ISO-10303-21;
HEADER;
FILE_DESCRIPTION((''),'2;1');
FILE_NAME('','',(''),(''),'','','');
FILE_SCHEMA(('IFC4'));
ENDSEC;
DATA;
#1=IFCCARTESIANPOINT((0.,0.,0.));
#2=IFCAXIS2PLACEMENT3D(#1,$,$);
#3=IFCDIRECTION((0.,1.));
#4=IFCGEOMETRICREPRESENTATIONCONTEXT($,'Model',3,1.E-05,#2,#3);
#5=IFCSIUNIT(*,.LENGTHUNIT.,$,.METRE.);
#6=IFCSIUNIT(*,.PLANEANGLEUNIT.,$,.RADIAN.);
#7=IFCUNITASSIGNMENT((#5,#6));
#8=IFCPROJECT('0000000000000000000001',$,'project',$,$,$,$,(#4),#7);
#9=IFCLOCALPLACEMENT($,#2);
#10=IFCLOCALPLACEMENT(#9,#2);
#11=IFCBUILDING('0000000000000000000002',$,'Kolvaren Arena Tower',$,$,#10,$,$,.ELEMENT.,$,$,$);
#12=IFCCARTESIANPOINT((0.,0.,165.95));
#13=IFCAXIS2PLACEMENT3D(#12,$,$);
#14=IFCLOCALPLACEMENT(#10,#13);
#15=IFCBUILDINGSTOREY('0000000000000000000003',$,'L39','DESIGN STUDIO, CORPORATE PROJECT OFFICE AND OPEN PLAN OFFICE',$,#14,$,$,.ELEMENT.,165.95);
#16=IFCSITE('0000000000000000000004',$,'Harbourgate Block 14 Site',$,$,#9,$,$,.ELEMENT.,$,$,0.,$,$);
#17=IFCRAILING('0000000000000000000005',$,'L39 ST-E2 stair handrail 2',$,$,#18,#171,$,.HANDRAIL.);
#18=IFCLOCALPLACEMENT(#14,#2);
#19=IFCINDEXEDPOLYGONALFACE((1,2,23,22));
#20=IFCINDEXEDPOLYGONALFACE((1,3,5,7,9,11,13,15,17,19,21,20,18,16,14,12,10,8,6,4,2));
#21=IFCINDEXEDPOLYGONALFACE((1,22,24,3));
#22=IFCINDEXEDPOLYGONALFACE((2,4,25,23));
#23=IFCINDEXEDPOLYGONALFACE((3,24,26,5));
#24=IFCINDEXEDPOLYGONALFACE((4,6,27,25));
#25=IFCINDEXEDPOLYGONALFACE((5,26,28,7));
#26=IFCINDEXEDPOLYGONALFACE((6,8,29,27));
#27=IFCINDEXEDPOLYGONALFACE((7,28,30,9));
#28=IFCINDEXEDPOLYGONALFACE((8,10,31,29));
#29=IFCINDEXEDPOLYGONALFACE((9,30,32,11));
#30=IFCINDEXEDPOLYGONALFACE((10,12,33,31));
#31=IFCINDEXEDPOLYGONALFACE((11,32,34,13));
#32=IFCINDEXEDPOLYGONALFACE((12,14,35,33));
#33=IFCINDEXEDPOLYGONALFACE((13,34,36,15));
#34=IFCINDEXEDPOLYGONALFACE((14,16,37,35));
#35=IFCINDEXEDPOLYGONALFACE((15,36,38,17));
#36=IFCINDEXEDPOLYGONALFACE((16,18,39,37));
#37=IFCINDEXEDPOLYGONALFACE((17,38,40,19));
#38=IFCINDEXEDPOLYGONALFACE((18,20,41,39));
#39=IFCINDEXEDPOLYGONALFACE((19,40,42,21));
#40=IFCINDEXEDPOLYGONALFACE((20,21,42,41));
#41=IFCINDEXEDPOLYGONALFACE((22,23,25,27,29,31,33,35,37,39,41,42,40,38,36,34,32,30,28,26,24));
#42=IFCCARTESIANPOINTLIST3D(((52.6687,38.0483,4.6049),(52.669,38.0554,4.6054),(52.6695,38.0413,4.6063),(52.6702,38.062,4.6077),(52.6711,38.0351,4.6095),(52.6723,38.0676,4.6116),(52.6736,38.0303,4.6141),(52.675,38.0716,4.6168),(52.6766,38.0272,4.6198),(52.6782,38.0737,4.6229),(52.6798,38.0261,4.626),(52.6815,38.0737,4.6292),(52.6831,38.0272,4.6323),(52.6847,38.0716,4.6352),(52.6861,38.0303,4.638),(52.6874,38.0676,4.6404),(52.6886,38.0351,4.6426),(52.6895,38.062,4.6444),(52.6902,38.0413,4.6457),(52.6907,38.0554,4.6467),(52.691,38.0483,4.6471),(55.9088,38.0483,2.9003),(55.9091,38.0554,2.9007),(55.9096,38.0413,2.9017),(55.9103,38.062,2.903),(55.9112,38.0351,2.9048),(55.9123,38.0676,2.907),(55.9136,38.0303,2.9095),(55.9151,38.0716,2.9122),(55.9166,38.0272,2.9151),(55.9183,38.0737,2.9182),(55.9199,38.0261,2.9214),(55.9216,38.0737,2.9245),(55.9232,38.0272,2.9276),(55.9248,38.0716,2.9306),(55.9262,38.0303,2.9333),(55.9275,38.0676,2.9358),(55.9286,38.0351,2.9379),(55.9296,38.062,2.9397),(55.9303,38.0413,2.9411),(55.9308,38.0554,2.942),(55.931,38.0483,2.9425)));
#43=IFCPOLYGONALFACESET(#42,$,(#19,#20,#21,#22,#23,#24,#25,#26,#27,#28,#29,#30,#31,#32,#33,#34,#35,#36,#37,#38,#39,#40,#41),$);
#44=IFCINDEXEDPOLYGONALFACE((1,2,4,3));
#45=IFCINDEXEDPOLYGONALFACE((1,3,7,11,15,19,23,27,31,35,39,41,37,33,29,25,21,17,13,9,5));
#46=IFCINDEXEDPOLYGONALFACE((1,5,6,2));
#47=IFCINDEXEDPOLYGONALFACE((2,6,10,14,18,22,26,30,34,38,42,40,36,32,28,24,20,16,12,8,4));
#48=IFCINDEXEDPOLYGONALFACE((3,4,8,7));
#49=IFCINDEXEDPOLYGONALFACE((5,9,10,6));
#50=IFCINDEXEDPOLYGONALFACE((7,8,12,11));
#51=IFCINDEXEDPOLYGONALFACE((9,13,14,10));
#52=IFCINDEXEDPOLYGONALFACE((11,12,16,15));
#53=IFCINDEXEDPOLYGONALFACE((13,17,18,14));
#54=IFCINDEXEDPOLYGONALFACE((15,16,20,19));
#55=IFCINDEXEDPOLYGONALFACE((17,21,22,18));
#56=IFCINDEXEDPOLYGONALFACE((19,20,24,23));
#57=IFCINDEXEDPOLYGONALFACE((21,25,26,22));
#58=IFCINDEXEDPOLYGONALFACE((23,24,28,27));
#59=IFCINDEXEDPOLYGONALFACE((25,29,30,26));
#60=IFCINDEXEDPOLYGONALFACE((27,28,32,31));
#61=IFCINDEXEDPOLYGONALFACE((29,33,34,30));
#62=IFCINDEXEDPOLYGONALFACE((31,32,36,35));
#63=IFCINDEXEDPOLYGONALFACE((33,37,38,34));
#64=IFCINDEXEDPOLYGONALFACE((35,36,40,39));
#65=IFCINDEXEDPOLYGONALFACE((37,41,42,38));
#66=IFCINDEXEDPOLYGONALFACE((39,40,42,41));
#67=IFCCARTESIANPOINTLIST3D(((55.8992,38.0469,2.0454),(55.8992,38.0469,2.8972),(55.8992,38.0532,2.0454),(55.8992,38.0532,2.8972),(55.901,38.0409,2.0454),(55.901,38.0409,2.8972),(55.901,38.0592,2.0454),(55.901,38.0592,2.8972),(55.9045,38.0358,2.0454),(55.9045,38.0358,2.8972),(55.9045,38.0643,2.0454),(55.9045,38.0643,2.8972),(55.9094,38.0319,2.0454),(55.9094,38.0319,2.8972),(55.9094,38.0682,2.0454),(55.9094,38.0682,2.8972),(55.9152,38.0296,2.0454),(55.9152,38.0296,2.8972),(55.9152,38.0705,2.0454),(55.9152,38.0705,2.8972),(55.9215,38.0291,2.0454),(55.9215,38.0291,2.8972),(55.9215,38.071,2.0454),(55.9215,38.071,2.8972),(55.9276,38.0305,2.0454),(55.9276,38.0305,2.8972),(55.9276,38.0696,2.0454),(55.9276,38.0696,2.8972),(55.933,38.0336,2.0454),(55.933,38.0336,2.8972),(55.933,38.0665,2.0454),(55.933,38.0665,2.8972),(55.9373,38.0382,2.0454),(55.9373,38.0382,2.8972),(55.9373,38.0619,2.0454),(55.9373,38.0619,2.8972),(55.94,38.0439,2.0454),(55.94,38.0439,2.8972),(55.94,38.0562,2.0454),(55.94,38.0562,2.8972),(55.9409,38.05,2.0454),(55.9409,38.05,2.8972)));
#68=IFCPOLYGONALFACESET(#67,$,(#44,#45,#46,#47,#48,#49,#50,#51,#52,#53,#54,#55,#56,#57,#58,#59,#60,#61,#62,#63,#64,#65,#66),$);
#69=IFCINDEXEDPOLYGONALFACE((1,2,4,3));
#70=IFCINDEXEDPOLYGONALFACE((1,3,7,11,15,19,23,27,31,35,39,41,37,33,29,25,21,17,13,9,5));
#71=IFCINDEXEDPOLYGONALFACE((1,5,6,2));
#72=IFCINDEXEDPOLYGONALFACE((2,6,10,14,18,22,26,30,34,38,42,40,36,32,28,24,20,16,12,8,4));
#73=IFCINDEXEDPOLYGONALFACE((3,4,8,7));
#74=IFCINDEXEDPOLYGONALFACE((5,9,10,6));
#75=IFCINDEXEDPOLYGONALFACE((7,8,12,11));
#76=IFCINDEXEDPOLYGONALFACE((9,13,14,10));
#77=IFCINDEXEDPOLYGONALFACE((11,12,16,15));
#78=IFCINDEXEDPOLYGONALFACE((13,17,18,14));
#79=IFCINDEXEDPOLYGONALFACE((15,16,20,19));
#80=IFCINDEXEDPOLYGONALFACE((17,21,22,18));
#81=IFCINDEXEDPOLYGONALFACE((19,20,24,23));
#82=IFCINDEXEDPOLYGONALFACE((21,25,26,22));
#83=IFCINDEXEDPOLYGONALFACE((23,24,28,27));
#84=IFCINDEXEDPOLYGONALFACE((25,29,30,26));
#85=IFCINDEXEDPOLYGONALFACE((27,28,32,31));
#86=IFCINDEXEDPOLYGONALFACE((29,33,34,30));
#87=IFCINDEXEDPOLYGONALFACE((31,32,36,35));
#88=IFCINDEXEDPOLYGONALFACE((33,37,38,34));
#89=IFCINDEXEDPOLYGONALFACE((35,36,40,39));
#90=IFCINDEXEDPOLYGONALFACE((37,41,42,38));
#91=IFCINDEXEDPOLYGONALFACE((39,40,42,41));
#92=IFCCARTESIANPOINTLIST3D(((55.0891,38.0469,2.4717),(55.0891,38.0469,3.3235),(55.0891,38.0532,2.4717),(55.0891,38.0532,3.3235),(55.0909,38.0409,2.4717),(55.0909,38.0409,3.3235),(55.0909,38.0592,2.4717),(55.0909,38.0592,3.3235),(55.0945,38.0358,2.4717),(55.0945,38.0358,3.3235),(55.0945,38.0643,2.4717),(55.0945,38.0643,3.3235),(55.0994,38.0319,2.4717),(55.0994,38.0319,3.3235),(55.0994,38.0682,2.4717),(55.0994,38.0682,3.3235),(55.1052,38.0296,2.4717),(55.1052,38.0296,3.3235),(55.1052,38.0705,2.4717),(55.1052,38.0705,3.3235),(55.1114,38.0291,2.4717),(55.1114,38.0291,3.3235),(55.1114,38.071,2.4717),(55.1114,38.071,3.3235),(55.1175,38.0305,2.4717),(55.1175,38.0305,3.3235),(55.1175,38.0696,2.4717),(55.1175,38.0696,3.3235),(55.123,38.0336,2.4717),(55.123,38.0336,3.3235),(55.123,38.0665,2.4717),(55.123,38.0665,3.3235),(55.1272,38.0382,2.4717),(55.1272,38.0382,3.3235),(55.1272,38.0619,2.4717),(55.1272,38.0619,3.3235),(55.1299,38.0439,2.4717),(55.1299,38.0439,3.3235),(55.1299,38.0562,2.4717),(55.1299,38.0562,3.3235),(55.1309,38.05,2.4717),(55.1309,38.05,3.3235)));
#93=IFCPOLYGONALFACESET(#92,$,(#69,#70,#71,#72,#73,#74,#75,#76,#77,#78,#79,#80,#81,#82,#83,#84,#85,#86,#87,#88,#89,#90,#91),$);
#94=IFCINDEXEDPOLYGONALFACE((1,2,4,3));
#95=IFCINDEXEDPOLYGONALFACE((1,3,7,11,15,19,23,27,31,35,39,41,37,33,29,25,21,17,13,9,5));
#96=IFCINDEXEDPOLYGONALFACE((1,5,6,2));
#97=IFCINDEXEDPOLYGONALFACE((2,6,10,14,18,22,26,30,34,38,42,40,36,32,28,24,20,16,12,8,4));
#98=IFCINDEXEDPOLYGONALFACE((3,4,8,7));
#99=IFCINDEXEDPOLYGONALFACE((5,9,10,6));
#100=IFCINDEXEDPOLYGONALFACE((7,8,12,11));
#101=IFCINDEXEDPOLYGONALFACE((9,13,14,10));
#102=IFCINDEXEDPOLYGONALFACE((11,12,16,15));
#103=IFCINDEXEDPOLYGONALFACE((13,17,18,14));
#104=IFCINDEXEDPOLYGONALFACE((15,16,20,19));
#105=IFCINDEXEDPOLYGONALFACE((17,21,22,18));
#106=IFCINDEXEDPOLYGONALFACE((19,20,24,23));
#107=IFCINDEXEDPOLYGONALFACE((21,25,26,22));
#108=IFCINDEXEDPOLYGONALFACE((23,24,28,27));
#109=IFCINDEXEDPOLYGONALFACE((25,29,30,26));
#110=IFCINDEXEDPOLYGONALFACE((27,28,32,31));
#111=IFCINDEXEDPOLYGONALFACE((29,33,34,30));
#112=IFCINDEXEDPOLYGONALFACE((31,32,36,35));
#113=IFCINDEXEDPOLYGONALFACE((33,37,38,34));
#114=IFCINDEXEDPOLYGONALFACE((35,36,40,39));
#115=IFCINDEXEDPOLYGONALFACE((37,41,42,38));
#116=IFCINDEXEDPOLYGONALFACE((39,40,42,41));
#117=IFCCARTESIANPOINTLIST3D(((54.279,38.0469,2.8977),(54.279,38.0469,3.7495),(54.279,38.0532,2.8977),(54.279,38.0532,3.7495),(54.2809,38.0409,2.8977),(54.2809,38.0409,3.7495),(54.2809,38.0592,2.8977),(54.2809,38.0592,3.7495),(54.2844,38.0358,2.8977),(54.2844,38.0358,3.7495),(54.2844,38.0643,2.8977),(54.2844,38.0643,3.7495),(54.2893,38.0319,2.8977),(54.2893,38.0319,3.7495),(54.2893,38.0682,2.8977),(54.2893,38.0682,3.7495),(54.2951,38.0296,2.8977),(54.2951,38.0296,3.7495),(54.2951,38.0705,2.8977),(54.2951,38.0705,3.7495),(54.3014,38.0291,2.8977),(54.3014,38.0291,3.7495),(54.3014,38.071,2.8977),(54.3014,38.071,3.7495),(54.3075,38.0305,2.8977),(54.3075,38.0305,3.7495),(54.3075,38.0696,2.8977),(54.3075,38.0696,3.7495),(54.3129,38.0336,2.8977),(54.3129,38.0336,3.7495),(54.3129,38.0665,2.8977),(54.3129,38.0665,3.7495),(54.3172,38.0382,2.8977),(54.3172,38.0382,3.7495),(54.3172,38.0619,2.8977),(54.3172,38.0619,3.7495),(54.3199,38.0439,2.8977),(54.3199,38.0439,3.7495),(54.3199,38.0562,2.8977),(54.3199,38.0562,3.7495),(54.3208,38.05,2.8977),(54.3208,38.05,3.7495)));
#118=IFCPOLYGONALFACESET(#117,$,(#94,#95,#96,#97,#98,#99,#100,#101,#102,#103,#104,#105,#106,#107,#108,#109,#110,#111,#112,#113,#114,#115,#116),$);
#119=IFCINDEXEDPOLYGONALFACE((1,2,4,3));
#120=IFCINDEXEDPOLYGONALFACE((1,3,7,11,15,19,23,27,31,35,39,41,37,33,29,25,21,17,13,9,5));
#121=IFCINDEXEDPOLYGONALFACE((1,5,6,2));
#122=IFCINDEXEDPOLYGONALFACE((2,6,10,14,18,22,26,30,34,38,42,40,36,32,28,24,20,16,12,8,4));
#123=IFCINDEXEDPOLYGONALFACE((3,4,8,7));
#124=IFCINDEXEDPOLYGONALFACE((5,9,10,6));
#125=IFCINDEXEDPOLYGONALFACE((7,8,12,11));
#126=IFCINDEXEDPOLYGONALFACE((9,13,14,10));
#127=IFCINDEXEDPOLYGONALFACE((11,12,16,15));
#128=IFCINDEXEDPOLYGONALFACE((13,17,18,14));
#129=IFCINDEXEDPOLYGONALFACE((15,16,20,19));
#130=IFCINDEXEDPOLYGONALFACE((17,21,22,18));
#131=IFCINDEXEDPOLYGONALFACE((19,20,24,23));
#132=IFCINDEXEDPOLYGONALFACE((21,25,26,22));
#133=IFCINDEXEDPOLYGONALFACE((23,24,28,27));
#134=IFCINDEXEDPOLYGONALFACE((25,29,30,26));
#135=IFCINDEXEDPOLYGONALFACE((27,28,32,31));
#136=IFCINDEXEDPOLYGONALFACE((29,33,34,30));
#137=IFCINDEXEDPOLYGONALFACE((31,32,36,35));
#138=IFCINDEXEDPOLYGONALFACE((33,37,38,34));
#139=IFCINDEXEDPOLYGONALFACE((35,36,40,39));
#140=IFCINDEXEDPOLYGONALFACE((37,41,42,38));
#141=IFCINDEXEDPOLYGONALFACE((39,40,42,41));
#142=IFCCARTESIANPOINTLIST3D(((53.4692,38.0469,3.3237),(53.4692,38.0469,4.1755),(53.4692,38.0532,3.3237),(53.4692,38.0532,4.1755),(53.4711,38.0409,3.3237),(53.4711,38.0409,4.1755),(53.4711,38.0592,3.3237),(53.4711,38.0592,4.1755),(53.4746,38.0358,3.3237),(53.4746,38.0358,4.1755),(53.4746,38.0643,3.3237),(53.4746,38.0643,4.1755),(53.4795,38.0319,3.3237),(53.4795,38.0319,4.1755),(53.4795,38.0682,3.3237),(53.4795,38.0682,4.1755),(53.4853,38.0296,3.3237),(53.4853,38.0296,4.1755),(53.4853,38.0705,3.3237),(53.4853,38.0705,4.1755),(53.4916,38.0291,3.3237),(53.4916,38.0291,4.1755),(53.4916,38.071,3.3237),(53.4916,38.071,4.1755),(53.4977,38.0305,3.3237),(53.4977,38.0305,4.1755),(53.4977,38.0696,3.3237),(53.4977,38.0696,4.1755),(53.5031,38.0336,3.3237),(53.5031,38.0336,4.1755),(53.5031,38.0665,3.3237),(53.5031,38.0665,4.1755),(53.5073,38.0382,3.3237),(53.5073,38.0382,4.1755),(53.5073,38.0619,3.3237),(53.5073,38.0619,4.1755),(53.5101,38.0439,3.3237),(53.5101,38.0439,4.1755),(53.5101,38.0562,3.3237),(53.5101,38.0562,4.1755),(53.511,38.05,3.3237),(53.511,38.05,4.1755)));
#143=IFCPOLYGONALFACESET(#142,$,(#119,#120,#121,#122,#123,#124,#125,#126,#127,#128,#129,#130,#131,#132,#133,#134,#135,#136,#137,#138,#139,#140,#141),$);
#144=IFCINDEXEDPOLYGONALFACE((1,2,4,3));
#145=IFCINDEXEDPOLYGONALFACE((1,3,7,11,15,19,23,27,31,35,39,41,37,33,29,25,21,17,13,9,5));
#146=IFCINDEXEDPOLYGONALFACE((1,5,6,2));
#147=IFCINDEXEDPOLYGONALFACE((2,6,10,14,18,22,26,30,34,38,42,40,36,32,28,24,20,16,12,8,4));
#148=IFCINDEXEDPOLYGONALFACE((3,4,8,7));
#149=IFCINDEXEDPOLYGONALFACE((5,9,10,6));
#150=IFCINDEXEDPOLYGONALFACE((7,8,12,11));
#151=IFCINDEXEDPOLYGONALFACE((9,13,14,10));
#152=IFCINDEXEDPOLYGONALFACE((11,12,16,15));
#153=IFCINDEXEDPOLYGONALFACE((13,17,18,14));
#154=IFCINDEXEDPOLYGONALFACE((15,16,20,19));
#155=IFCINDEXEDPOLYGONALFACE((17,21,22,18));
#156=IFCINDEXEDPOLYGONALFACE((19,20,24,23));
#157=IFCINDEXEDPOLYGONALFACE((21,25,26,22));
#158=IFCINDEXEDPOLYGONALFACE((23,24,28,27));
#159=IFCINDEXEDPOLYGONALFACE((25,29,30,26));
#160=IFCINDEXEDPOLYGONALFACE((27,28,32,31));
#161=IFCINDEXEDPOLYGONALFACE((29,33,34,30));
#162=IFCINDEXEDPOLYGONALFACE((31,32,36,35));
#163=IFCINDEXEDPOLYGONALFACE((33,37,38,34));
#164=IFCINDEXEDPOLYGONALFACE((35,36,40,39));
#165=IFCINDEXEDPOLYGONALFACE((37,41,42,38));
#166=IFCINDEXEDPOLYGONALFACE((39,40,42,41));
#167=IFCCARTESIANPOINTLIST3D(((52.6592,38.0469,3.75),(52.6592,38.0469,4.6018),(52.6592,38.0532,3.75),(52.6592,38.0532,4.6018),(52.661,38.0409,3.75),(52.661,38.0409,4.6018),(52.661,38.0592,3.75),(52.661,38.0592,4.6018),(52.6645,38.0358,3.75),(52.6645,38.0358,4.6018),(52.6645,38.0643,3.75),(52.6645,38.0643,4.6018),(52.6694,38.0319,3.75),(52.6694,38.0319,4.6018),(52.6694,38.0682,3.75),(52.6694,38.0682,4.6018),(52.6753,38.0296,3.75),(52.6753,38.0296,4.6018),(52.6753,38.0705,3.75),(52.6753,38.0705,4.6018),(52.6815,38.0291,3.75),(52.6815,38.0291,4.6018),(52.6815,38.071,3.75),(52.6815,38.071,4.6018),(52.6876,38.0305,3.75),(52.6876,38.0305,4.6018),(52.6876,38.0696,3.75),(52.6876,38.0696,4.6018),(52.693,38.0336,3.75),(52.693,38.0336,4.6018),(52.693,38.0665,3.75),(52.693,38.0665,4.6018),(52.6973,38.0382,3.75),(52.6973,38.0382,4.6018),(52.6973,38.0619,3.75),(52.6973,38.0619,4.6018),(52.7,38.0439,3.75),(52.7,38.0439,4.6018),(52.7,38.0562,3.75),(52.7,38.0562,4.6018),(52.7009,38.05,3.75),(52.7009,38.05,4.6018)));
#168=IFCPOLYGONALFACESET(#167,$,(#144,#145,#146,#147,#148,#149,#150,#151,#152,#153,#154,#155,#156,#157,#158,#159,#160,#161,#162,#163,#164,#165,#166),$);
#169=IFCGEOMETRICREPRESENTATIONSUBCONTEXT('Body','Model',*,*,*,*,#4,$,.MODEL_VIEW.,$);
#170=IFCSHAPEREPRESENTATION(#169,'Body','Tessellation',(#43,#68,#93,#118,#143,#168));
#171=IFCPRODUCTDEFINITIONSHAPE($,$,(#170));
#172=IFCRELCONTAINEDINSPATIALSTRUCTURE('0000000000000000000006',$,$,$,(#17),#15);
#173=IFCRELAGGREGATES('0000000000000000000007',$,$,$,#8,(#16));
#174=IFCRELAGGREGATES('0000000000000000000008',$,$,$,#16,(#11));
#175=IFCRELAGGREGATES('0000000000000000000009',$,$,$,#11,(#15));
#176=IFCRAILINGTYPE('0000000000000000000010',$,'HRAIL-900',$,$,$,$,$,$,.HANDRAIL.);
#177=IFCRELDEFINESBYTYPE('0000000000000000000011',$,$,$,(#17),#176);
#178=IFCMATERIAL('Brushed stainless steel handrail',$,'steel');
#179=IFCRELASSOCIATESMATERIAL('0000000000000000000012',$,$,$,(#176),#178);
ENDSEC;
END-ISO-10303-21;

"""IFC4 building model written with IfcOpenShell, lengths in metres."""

from ifc_helpers import new_model, si_unit, direction, frame, origin, origin_2d, place, context, subcontext, project, spatial, circle, extrude, material, type_object, element, save


model = new_model("IFC4")

# Units and contexts
model_context = context("Model", 3, precision=1e-05, world=origin(), true_north=direction((0.0, 1.0)))
body_context = subcontext(model_context, "Body", "Model", "MODEL_VIEW")
ifc_project = project(units=[si_unit("LENGTHUNIT", "METRE"), si_unit("PLANEANGLEUNIT", "RADIAN")], contexts=[model_context])

# Site, building, storey
site_placement = place(None, origin())
site = spatial("IfcSite", under=ifc_project, at=site_placement, Name="Harbourgate Block 14 Site", CompositionType="ELEMENT", RefElevation=0.0)
building_placement = place(site_placement, origin())
building = spatial("IfcBuilding", under=site, at=building_placement, Name="Kolvaren Arena Tower", CompositionType="ELEMENT")
storey_placement = place(building_placement, frame((0.0, 0.0, 165.95)))
storey = spatial("IfcBuildingStorey", under=building, at=storey_placement, Name="L39", Description="DESIGN STUDIO, CORPORATE PROJECT OFFICE AND OPEN PLAN OFFICE", CompositionType="ELEMENT", Elevation=165.95)

# Railing
ifc_material_1 = material(Name="Brushed stainless steel handrail", Category="steel")
railing_type_1 = type_object("IfcRailingType", Name="HRAIL-900", PredefinedType="HANDRAIL", material=ifc_material_1)
for number, where, name in (
    (1, (55.9199, 38.05, 2.0454), "L39 ST-E2 stair handrail 2"),
):
    element("IfcRailing", number, at=place(storey_placement, frame(where)), inside=storey, type_object=railing_type_1, Name=name, PredefinedType="HANDRAIL", context=body_context, shape_type="SweptSolid", body=[
        extrude(circle(Radius=0.0239, at=origin_2d()), frame((0.0, 0.0, 0.876), z_axis=(-0.884993, 0.0, 0.465604), x_axis=(0.0, -1.0, 0.0)), (0.0, 0.0, 1.0), 3.6611),
        extrude(circle(Radius=0.021, at=origin_2d()), origin(), (0.0, 0.0, 1.0), 0.8518),
        extrude(circle(Radius=0.021, at=origin_2d()), frame((-0.8101, 0.0, 0.4263)), (0.0, 0.0, 1.0), 0.8518),
        extrude(circle(Radius=0.021, at=origin_2d()), frame((-1.6201, 0.0, 0.8523)), (0.0, 0.0, 1.0), 0.8518),
        extrude(circle(Radius=0.021, at=origin_2d()), frame((-2.4299, 0.0, 1.2783)), (0.0, 0.0, 1.0), 0.8518),
        extrude(circle(Radius=0.021, at=origin_2d()), frame((-3.24, 0.0, 1.7046)), (0.0, 0.0, 1.0), 0.8518),
    ])

save(model, "model.ifc")
